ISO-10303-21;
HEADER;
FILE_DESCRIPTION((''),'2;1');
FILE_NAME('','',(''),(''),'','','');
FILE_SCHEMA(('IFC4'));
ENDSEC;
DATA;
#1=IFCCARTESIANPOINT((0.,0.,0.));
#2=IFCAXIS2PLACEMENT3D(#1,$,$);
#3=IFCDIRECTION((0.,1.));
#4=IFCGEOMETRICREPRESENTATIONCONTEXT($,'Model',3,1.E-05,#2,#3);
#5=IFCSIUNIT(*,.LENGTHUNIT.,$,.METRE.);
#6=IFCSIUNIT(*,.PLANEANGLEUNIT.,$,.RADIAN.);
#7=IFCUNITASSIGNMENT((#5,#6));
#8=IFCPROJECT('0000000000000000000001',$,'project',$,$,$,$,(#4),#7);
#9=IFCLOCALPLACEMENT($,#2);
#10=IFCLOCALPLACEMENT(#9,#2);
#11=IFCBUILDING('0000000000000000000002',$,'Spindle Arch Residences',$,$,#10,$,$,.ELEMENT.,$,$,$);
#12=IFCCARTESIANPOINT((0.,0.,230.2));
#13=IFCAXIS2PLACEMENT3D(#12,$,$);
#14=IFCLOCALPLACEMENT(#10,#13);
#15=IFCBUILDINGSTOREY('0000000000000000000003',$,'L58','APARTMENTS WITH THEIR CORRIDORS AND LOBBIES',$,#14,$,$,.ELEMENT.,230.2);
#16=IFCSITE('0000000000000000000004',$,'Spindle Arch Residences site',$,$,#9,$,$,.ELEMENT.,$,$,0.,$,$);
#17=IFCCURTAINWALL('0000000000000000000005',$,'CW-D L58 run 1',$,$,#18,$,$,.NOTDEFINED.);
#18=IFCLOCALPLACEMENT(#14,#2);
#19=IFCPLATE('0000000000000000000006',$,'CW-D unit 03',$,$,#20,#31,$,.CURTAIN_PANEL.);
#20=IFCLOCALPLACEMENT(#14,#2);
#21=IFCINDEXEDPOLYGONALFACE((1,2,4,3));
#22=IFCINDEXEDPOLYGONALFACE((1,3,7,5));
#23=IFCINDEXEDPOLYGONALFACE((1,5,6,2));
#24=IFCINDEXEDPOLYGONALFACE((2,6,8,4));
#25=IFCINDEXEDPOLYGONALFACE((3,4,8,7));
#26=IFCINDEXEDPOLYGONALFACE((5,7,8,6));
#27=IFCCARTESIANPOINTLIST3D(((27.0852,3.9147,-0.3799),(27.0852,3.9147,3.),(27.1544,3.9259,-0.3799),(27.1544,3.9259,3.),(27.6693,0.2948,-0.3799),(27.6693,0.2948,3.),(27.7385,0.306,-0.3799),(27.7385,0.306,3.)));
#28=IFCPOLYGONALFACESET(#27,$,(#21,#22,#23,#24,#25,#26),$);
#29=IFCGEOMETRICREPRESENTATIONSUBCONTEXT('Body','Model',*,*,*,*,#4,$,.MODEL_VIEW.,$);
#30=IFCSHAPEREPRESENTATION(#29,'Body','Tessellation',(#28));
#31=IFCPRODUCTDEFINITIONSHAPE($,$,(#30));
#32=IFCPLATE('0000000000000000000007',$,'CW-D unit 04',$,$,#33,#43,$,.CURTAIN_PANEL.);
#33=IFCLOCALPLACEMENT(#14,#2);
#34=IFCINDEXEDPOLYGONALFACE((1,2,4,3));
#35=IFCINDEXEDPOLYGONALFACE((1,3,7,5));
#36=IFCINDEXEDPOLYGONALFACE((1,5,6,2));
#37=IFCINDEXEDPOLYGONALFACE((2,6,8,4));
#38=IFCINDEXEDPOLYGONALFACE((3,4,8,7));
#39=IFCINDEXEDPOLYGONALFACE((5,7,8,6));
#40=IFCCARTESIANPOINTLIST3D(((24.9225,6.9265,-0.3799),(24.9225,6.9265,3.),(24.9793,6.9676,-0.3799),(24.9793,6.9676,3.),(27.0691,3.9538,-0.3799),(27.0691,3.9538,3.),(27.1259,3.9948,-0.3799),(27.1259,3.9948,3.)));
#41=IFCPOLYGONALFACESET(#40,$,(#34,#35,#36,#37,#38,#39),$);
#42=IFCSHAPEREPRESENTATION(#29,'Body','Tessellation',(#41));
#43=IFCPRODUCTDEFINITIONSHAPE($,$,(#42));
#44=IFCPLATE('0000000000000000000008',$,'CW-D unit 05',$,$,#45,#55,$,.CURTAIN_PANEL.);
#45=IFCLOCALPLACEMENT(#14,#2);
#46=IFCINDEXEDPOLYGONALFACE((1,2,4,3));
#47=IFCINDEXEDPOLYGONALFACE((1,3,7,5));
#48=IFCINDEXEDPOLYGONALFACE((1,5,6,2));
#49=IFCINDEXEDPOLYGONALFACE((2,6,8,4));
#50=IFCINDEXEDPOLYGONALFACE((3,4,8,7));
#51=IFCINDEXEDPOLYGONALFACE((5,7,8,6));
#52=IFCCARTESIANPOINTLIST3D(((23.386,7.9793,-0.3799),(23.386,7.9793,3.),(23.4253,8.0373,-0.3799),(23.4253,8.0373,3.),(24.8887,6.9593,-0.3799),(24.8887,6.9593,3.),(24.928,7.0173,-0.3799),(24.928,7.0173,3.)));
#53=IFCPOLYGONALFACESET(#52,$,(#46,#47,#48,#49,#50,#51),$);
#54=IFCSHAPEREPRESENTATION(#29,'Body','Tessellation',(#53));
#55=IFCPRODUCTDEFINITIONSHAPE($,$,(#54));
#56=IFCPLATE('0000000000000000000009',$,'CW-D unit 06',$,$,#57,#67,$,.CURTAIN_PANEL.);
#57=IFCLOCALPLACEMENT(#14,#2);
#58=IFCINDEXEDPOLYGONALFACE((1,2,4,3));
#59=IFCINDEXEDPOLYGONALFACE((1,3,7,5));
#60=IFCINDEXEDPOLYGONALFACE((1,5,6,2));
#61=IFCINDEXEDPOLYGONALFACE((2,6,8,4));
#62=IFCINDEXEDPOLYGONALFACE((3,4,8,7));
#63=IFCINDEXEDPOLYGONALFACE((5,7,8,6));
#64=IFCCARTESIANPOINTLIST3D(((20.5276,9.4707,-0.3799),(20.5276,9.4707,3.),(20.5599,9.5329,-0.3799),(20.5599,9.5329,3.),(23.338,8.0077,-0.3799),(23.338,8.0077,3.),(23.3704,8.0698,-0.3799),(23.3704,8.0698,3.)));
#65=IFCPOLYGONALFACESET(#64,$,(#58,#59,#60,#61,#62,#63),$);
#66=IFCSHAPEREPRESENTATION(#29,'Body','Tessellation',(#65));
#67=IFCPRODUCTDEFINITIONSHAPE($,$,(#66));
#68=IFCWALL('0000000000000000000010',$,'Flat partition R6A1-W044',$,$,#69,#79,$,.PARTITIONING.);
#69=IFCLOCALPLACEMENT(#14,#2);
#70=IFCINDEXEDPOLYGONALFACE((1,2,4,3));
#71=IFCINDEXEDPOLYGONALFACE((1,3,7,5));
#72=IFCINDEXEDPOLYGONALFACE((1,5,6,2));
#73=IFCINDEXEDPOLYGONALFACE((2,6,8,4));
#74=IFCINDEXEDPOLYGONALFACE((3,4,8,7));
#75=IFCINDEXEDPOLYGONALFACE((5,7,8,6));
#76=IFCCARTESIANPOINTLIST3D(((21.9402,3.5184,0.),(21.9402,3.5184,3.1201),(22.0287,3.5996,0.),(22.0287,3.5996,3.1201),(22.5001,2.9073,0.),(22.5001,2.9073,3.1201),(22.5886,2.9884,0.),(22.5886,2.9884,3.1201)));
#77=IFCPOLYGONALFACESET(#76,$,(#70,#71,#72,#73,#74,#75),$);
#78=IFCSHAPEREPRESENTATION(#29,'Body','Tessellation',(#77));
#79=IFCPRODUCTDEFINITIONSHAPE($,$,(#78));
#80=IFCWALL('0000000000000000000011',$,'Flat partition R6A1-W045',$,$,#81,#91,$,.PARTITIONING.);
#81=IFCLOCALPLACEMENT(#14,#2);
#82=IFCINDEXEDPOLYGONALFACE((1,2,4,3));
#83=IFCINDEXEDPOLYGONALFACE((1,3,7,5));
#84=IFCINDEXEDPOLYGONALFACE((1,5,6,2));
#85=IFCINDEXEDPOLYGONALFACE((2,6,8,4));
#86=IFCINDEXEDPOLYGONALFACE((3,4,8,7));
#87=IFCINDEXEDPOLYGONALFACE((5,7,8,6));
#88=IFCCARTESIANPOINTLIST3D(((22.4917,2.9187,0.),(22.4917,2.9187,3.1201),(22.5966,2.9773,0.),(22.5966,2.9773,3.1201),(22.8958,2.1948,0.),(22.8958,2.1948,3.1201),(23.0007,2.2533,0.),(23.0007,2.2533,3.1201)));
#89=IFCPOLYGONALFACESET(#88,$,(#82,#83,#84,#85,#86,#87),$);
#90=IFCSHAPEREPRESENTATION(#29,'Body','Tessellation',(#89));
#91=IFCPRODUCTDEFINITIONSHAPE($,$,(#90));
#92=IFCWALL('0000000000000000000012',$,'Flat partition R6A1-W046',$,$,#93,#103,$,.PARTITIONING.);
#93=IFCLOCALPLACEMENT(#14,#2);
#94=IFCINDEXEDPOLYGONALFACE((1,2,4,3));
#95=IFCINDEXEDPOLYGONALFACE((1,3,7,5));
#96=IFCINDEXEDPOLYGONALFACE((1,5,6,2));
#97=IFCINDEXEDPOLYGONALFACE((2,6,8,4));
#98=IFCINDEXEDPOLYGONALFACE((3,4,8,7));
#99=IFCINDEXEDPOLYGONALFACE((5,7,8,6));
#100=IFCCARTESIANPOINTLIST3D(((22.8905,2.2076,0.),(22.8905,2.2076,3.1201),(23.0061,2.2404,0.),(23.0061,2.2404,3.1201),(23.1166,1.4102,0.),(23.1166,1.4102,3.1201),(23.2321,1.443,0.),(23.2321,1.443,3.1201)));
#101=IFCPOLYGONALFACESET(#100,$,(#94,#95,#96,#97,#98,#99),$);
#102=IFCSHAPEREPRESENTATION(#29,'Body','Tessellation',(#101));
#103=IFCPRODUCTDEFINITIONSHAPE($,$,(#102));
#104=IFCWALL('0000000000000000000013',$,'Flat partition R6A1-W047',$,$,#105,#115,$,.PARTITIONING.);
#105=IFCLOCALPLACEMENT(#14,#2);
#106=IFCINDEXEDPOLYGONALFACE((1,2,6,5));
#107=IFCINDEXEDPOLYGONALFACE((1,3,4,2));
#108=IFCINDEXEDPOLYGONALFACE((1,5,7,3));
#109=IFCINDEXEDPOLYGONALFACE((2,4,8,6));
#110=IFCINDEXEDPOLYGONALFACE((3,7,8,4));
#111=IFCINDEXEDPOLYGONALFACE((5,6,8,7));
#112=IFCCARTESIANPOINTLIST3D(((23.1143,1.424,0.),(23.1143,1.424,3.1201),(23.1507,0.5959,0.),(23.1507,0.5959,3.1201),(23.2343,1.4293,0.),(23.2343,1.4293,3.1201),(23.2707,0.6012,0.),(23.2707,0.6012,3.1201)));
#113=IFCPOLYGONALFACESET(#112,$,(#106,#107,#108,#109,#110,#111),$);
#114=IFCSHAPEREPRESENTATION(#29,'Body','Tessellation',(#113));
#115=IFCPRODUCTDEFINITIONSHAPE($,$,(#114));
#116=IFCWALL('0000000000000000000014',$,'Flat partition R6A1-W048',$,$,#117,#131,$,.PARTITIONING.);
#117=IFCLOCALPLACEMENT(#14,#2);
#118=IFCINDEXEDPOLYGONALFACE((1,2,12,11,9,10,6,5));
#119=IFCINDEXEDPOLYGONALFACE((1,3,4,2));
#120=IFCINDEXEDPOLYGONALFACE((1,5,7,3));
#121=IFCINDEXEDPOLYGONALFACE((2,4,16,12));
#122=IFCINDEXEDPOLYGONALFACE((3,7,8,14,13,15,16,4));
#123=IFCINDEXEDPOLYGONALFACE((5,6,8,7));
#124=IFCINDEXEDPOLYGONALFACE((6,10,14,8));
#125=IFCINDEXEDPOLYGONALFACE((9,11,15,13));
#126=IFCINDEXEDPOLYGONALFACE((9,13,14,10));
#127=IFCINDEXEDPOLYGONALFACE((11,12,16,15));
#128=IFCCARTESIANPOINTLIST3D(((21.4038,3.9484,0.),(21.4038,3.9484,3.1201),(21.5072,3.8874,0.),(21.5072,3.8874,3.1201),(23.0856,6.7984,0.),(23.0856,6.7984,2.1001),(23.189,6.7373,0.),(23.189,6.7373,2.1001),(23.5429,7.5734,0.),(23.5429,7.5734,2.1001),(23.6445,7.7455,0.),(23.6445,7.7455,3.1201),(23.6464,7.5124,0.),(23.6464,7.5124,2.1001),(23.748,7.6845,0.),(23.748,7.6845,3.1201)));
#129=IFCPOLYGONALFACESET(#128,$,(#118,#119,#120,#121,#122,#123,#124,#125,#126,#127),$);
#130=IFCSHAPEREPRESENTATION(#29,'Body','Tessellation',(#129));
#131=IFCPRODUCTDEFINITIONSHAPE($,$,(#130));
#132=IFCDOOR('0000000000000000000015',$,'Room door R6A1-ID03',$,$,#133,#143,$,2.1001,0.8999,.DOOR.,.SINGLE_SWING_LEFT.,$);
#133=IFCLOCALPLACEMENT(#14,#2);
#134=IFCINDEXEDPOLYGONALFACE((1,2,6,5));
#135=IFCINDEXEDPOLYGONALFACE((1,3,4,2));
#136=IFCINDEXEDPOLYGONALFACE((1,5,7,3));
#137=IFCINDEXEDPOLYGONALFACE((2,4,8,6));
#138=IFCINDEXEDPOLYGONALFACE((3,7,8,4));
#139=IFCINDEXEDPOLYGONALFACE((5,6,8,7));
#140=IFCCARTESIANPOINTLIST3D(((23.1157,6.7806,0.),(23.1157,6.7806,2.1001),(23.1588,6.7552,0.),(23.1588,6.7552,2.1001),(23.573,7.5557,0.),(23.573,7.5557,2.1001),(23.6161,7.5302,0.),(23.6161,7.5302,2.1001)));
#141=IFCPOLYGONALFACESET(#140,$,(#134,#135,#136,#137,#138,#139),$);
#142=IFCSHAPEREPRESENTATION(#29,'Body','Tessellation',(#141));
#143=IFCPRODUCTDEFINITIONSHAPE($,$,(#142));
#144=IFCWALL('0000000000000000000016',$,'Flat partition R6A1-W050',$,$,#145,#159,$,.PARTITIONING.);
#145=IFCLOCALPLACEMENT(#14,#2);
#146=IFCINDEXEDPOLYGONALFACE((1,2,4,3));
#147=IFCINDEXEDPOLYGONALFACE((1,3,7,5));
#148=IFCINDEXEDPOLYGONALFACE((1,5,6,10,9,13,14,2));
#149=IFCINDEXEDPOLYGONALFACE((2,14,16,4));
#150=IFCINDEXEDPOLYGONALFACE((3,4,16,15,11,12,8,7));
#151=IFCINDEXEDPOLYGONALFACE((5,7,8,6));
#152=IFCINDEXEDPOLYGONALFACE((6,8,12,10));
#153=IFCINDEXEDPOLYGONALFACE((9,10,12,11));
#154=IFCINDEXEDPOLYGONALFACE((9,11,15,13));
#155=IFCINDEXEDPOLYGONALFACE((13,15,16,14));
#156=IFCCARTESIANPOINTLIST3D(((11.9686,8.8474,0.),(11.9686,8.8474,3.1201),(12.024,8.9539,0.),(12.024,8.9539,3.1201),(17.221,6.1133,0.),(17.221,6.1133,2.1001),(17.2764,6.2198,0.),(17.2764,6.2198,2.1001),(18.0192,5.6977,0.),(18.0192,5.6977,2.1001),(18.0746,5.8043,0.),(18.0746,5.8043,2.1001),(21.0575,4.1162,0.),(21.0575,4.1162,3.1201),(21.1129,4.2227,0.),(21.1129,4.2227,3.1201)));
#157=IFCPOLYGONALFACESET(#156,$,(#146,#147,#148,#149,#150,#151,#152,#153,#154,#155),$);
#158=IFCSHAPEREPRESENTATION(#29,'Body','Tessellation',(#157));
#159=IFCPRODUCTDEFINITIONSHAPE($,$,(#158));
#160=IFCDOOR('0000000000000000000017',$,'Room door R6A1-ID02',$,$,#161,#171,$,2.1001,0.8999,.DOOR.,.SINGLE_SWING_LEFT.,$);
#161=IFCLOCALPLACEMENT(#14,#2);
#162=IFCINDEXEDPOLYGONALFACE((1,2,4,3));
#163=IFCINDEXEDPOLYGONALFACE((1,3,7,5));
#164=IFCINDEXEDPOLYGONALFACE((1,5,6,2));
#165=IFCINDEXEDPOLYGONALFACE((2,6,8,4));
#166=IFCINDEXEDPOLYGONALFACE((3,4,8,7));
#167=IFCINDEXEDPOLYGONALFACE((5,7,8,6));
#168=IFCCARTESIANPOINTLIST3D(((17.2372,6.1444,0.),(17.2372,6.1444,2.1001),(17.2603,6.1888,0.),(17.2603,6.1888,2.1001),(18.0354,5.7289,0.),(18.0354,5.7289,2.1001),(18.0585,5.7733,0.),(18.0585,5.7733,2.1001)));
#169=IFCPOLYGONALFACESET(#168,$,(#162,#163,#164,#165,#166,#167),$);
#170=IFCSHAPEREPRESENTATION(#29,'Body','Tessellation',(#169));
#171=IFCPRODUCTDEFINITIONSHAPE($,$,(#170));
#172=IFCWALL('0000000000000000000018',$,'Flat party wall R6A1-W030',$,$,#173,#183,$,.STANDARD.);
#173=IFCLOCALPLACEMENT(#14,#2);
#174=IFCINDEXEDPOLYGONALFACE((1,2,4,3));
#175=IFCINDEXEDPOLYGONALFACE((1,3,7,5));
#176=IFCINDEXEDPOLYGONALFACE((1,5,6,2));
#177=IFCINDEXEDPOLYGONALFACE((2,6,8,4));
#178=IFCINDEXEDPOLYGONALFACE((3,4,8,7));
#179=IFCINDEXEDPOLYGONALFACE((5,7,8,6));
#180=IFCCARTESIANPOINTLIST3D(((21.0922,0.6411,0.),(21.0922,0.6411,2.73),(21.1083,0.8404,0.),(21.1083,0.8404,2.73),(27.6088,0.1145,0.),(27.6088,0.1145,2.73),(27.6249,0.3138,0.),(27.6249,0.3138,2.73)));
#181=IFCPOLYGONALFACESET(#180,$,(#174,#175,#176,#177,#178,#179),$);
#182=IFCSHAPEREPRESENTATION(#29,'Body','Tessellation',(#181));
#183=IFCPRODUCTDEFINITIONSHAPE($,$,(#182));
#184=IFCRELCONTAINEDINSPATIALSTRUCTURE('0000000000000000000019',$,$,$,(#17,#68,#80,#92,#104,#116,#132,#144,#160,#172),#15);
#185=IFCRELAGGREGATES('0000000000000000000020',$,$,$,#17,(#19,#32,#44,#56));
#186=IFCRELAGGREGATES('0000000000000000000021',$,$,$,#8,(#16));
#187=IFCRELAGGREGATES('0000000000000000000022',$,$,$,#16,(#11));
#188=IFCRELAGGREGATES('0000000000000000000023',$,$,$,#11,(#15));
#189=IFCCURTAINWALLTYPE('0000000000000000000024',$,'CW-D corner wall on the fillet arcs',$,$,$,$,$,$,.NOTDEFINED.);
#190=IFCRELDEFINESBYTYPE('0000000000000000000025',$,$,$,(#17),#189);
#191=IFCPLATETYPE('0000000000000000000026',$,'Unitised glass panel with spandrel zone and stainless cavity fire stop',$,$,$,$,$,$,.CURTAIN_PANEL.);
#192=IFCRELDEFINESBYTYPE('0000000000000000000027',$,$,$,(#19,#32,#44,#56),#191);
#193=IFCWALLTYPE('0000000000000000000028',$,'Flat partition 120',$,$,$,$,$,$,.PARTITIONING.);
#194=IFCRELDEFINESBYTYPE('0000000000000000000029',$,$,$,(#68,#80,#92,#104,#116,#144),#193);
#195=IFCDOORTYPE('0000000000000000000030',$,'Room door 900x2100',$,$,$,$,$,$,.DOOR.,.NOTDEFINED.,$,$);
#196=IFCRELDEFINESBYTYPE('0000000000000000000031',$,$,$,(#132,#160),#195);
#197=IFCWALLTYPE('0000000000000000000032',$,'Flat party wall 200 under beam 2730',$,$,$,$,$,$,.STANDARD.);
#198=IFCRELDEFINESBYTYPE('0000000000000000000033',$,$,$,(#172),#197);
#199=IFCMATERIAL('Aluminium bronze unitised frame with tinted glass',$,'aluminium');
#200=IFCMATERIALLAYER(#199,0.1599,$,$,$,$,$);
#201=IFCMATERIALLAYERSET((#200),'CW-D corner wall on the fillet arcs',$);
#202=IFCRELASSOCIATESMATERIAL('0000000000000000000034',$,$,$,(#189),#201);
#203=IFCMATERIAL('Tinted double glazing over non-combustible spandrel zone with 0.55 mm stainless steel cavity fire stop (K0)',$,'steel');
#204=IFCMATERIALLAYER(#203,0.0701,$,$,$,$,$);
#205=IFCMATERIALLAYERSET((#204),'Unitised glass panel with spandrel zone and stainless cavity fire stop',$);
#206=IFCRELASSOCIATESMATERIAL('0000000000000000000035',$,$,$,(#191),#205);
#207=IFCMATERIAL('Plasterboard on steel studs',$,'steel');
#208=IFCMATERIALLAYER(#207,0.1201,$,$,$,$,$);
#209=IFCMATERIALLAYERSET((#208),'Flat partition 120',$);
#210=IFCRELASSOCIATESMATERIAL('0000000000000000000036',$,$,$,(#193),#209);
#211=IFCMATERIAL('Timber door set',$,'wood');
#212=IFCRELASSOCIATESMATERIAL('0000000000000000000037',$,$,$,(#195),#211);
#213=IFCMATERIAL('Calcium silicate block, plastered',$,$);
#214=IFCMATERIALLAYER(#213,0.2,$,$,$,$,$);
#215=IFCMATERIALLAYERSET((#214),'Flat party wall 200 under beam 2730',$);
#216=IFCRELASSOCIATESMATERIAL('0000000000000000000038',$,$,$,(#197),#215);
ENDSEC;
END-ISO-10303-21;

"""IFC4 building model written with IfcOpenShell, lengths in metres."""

from ifc_helpers import new_model, si_unit, direction, frame, frame_2d, origin, origin_2d, place, context, subcontext, project, spatial, rectangle, extrude, material, layer, layer_set, type_object, element, fill, aggregate, save


model = new_model("IFC4")

# Units and contexts
model_context = context("Model", 3, precision=1e-05, world=origin(), true_north=direction((0.0, 1.0)))
body_context = subcontext(model_context, "Body", "Model", "MODEL_VIEW")
ifc_project = project(units=[si_unit("LENGTHUNIT", "METRE"), si_unit("PLANEANGLEUNIT", "RADIAN")], contexts=[model_context])

# Site, building, storey
site_placement = place(None, origin())
site = spatial("IfcSite", under=ifc_project, at=site_placement, Name="Spindle Arch Residences site", CompositionType="ELEMENT", RefElevation=0.0)
building_placement = place(site_placement, origin())
building = spatial("IfcBuilding", under=site, at=building_placement, Name="Spindle Arch Residences", CompositionType="ELEMENT")
storey_placement = place(building_placement, frame((0.0, 0.0, 230.2)))
storey = spatial("IfcBuildingStorey", under=building, at=storey_placement, Name="L58", Description="APARTMENTS WITH THEIR CORRIDORS AND LOBBIES", CompositionType="ELEMENT", Elevation=230.2)

# Curtain wall
ifc_material_1 = material(Name="Aluminium bronze unitised frame with tinted glass", Category="aluminium")
ifc_layer_1 = layer(ifc_material_1, 0.1599)
ifc_layer_set_1 = layer_set([ifc_layer_1], Name="CW-D corner wall on the fillet arcs")
curtain_wall_type = type_object("IfcCurtainWallType", Name="CW-D corner wall on the fillet arcs", PredefinedType="NOTDEFINED", material=ifc_layer_set_1)
curtain_wall_placement = place(storey_placement, origin())
curtain_wall = element("IfcCurtainWall", 1, at=curtain_wall_placement, inside=storey, type_object=curtain_wall_type, Name="CW-D L58 run 1", PredefinedType="NOTDEFINED")

# Plates
ifc_material_2 = material(Name="Tinted double glazing over non-combustible spandrel zone with 0.55 mm stainless steel cavity fire stop (K0)", Category="steel")
ifc_layer_2 = layer(ifc_material_2, 0.0701)
ifc_layer_set_2 = layer_set([ifc_layer_2], Name="Unitised glass panel with spandrel zone and stainless cavity fire stop")
plate_type = type_object("IfcPlateType", Name="Unitised glass panel with spandrel zone and stainless cavity fire stop", PredefinedType="CURTAIN_PANEL", material=ifc_layer_set_2)
plate_1_placement = place(storey_placement, frame((27.4119, 2.1104, -0.3799), z_axis=(0.0, 0.0, 1.0), x_axis=(-0.159307, 0.987229, 0.0)))
plate_1 = element("IfcPlate", 2, at=plate_1_placement, type_object=plate_type, Name="CW-D unit 03", PredefinedType="CURTAIN_PANEL", context=body_context, shape_type="SweptSolid", body=[
    extrude(rectangle(XDim=3.6667, YDim=0.0701, at=origin_2d()), origin(), (0.0, 0.0, 1.0), 3.3799),
])
plate_2_placement = place(storey_placement, frame((26.0242, 5.4607, -0.3799), z_axis=(0.0, 0.0, 1.0), x_axis=(-0.585429, 0.810723, 0.0)))
plate_2 = element("IfcPlate", 3, at=plate_2_placement, type_object=plate_type, Name="CW-D unit 04", PredefinedType="CURTAIN_PANEL", context=body_context, shape_type="SweptSolid", body=[
    extrude(rectangle(XDim=3.6667, YDim=0.0701, at=origin_2d()), origin(), (0.0, 0.0, 1.0), 3.3799),
])
plate_3_placement = place(storey_placement, frame((24.157, 7.4983, -0.3799), z_axis=(0.0, 0.0, 1.0), x_axis=(-0.827407, 0.561602, 0.0)))
plate_3 = element("IfcPlate", 4, at=plate_3_placement, type_object=plate_type, Name="CW-D unit 05", PredefinedType="CURTAIN_PANEL", context=body_context, shape_type="SweptSolid", body=[
    extrude(rectangle(XDim=1.8162, YDim=0.0701, at=origin_2d()), origin(), (0.0, 0.0, 1.0), 3.3799),
])
plate_4_placement = place(storey_placement, frame((21.949, 8.7703, -0.3799), z_axis=(0.0, 0.0, 1.0), x_axis=(-0.887011, 0.461749, 0.0)))
plate_4 = element("IfcPlate", 5, at=plate_4_placement, type_object=plate_type, Name="CW-D unit 06", PredefinedType="CURTAIN_PANEL", context=body_context, shape_type="SweptSolid", body=[
    extrude(rectangle(XDim=3.1685, YDim=0.0701, at=origin_2d()), origin(), (0.0, 0.0, 1.0), 3.3799),
])
aggregate(curtain_wall, [plate_1, plate_2, plate_3, plate_4])

# Walls
ifc_material_3 = material(Name="Plasterboard on steel studs", Category="steel")
ifc_layer_3 = layer(ifc_material_3, 0.1201)
ifc_layer_set_3 = layer_set([ifc_layer_3], Name="Flat partition 120")
wall_type_1 = type_object("IfcWallType", Name="Flat partition 120", PredefinedType="PARTITIONING", material=ifc_layer_set_3)
wall_1_placement = place(storey_placement, frame((21.9844, 3.5591, 0.0), z_axis=(0.0, 0.0, 1.0), x_axis=(0.675498, -0.737362, 0.0)))
element("IfcWall", 6, at=wall_1_placement, inside=storey, type_object=wall_type_1, Name="Flat partition R6A1-W044", PredefinedType="PARTITIONING", context=body_context, shape_type="SweptSolid", body=[
    extrude(rectangle(XDim=0.8289, YDim=0.1201, at=frame_2d((0.4146, 0.0))), origin(), (0.0, 0.0, 1.0), 3.1201),
])
wall_2_placement = place(storey_placement, frame((22.5442, 2.948, 0.0), z_axis=(0.0, 0.0, 1.0), x_axis=(0.487392, -0.873183, 0.0)))
element("IfcWall", 7, at=wall_2_placement, inside=storey, type_object=wall_type_1, Name="Flat partition R6A1-W045", PredefinedType="PARTITIONING", context=body_context, shape_type="SweptSolid", body=[
    extrude(rectangle(XDim=0.8291, YDim=0.1201, at=frame_2d((0.4146, 0.0))), origin(), (0.0, 0.0, 1.0), 3.1201),
])
for number, where, z_axis, x_axis, name in (
    (8, (22.9482, 2.2241, 0.0), (0.0, 0.0, 1.0), (0.272775, -0.962078, 0.0), "Flat partition R6A1-W046"),
    (9, (23.1743, 1.4268, 0.0), (0.0, 0.0, 1.0), (0.043885, -0.999037, 0.0), "Flat partition R6A1-W047"),
):
    element("IfcWall", number, at=place(storey_placement, frame(where, z_axis=z_axis, x_axis=x_axis)), inside=storey, type_object=wall_type_1, Name=name, PredefinedType="PARTITIONING", context=body_context, shape_type="SweptSolid", body=[
        extrude(rectangle(XDim=0.8289, YDim=0.1201, at=frame_2d((0.4146, 0.0))), origin(), (0.0, 0.0, 1.0), 3.1201),
    ])

# Walls, openings, doors
wall_3_placement = place(storey_placement, frame((23.6963, 7.7151, 0.0), z_axis=(0.0, 0.0, 1.0), x_axis=(-0.50822, -0.861227, 0.0)))
wall_3 = element("IfcWall", 10, at=wall_3_placement, inside=storey, type_object=wall_type_1, Name="Flat partition R6A1-W048", PredefinedType="PARTITIONING", context=body_context, shape_type="SweptSolid", body=[
    extrude(rectangle(XDim=4.4089, YDim=0.1201, at=frame_2d((2.2046, 0.0))), origin(), (0.0, 0.0, 1.0), 3.1201),
])
opening_1_placement = place(wall_3_placement, frame((0.2, 0.0, 0.0)))
opening_1 = element("IfcOpeningElement", 11, at=opening_1_placement, cuts=wall_3, PredefinedType="OPENING", context=body_context, shape_type="SweptSolid", body=[
    extrude(rectangle(XDim=0.8999, YDim=2.1001, at=frame_2d((0.45, 1.05))), frame((0.0, 0.0701, 0.0), z_axis=(0.0, -1.0, 0.0), x_axis=(1.0, 0.0, 0.0)), (0.0, 0.0, 1.0), 0.1401),
])
ifc_material_4 = material(Name="Timber door set", Category="wood")
door_type = type_object("IfcDoorType", Name="Room door 900x2100", OperationType="NOTDEFINED", PredefinedType="DOOR", material=ifc_material_4)
door_1_placement = place(opening_1_placement, origin())
door_1 = element("IfcDoor", 12, at=door_1_placement, inside=storey, type_object=door_type, Name="Room door R6A1-ID03", OperationType="SINGLE_SWING_LEFT", OverallHeight=2.1001, OverallWidth=0.8999, PredefinedType="DOOR", context=body_context, shape_type="SweptSolid", body=[
    extrude(rectangle(XDim=0.8999, YDim=2.1001, at=frame_2d((0.45, 1.05))), frame((0.0, 0.0249, 0.0), z_axis=(0.0, -1.0, 0.0), x_axis=(1.0, 0.0, 0.0)), (0.0, 0.0, 1.0), 0.05),
])
fill(opening_1, door_1)
wall_4_placement = place(storey_placement, frame((21.0852, 4.1694, 0.0), z_axis=(0.0, 0.0, 1.0), x_axis=(-0.887017, 0.461736, 0.0)))
wall_4 = element("IfcWall", 13, at=wall_4_placement, inside=storey, type_object=wall_type_1, Name="Flat partition R6A1-W050", PredefinedType="PARTITIONING", context=body_context, shape_type="SweptSolid", body=[
    extrude(rectangle(XDim=10.2466, YDim=0.1201, at=frame_2d((5.1233, 0.0))), origin(), (0.0, 0.0, 1.0), 3.1201),
])
opening_2_placement = place(wall_4_placement, frame((3.4253, 0.0, 0.0)))
opening_2 = element("IfcOpeningElement", 14, at=opening_2_placement, cuts=wall_4, PredefinedType="OPENING", context=body_context, shape_type="SweptSolid", body=[
    extrude(rectangle(XDim=0.8999, YDim=2.1001, at=frame_2d((0.45, 1.05))), frame((0.0, 0.0701, 0.0), z_axis=(0.0, -1.0, 0.0), x_axis=(1.0, 0.0, 0.0)), (0.0, 0.0, 1.0), 0.1401),
])
door_2_placement = place(opening_2_placement, origin())
door_2 = element("IfcDoor", 15, at=door_2_placement, inside=storey, type_object=door_type, Name="Room door R6A1-ID02", OperationType="SINGLE_SWING_LEFT", OverallHeight=2.1001, OverallWidth=0.8999, PredefinedType="DOOR", context=body_context, shape_type="SweptSolid", body=[
    extrude(rectangle(XDim=0.8999, YDim=2.1001, at=frame_2d((0.45, 1.05))), frame((0.0, 0.0249, 0.0), z_axis=(0.0, -1.0, 0.0), x_axis=(1.0, 0.0, 0.0)), (0.0, 0.0, 1.0), 0.05),
])
fill(opening_2, door_2)

# Wall
ifc_material_5 = material(Name="Calcium silicate block, plastered")
ifc_layer_4 = layer(ifc_material_5, 0.2)
ifc_layer_set_4 = layer_set([ifc_layer_4], Name="Flat party wall 200 under beam 2730")
wall_type_2 = type_object("IfcWallType", Name="Flat party wall 200 under beam 2730", PredefinedType="STANDARD", material=ifc_layer_set_4)
wall_5_placement = place(storey_placement, frame((21.1001, 0.7407, 0.0), z_axis=(0.0, 0.0, 1.0), x_axis=(0.996751, -0.080548, 0.0)))
element("IfcWall", 16, at=wall_5_placement, inside=storey, type_object=wall_type_2, Name="Flat party wall R6A1-W030", PredefinedType="STANDARD", context=body_context, shape_type="SweptSolid", body=[
    extrude(rectangle(XDim=6.5378, YDim=0.2, at=frame_2d((3.269, 0.0))), origin(), (0.0, 0.0, 1.0), 2.73),
])

save(model, "model.ifc")
